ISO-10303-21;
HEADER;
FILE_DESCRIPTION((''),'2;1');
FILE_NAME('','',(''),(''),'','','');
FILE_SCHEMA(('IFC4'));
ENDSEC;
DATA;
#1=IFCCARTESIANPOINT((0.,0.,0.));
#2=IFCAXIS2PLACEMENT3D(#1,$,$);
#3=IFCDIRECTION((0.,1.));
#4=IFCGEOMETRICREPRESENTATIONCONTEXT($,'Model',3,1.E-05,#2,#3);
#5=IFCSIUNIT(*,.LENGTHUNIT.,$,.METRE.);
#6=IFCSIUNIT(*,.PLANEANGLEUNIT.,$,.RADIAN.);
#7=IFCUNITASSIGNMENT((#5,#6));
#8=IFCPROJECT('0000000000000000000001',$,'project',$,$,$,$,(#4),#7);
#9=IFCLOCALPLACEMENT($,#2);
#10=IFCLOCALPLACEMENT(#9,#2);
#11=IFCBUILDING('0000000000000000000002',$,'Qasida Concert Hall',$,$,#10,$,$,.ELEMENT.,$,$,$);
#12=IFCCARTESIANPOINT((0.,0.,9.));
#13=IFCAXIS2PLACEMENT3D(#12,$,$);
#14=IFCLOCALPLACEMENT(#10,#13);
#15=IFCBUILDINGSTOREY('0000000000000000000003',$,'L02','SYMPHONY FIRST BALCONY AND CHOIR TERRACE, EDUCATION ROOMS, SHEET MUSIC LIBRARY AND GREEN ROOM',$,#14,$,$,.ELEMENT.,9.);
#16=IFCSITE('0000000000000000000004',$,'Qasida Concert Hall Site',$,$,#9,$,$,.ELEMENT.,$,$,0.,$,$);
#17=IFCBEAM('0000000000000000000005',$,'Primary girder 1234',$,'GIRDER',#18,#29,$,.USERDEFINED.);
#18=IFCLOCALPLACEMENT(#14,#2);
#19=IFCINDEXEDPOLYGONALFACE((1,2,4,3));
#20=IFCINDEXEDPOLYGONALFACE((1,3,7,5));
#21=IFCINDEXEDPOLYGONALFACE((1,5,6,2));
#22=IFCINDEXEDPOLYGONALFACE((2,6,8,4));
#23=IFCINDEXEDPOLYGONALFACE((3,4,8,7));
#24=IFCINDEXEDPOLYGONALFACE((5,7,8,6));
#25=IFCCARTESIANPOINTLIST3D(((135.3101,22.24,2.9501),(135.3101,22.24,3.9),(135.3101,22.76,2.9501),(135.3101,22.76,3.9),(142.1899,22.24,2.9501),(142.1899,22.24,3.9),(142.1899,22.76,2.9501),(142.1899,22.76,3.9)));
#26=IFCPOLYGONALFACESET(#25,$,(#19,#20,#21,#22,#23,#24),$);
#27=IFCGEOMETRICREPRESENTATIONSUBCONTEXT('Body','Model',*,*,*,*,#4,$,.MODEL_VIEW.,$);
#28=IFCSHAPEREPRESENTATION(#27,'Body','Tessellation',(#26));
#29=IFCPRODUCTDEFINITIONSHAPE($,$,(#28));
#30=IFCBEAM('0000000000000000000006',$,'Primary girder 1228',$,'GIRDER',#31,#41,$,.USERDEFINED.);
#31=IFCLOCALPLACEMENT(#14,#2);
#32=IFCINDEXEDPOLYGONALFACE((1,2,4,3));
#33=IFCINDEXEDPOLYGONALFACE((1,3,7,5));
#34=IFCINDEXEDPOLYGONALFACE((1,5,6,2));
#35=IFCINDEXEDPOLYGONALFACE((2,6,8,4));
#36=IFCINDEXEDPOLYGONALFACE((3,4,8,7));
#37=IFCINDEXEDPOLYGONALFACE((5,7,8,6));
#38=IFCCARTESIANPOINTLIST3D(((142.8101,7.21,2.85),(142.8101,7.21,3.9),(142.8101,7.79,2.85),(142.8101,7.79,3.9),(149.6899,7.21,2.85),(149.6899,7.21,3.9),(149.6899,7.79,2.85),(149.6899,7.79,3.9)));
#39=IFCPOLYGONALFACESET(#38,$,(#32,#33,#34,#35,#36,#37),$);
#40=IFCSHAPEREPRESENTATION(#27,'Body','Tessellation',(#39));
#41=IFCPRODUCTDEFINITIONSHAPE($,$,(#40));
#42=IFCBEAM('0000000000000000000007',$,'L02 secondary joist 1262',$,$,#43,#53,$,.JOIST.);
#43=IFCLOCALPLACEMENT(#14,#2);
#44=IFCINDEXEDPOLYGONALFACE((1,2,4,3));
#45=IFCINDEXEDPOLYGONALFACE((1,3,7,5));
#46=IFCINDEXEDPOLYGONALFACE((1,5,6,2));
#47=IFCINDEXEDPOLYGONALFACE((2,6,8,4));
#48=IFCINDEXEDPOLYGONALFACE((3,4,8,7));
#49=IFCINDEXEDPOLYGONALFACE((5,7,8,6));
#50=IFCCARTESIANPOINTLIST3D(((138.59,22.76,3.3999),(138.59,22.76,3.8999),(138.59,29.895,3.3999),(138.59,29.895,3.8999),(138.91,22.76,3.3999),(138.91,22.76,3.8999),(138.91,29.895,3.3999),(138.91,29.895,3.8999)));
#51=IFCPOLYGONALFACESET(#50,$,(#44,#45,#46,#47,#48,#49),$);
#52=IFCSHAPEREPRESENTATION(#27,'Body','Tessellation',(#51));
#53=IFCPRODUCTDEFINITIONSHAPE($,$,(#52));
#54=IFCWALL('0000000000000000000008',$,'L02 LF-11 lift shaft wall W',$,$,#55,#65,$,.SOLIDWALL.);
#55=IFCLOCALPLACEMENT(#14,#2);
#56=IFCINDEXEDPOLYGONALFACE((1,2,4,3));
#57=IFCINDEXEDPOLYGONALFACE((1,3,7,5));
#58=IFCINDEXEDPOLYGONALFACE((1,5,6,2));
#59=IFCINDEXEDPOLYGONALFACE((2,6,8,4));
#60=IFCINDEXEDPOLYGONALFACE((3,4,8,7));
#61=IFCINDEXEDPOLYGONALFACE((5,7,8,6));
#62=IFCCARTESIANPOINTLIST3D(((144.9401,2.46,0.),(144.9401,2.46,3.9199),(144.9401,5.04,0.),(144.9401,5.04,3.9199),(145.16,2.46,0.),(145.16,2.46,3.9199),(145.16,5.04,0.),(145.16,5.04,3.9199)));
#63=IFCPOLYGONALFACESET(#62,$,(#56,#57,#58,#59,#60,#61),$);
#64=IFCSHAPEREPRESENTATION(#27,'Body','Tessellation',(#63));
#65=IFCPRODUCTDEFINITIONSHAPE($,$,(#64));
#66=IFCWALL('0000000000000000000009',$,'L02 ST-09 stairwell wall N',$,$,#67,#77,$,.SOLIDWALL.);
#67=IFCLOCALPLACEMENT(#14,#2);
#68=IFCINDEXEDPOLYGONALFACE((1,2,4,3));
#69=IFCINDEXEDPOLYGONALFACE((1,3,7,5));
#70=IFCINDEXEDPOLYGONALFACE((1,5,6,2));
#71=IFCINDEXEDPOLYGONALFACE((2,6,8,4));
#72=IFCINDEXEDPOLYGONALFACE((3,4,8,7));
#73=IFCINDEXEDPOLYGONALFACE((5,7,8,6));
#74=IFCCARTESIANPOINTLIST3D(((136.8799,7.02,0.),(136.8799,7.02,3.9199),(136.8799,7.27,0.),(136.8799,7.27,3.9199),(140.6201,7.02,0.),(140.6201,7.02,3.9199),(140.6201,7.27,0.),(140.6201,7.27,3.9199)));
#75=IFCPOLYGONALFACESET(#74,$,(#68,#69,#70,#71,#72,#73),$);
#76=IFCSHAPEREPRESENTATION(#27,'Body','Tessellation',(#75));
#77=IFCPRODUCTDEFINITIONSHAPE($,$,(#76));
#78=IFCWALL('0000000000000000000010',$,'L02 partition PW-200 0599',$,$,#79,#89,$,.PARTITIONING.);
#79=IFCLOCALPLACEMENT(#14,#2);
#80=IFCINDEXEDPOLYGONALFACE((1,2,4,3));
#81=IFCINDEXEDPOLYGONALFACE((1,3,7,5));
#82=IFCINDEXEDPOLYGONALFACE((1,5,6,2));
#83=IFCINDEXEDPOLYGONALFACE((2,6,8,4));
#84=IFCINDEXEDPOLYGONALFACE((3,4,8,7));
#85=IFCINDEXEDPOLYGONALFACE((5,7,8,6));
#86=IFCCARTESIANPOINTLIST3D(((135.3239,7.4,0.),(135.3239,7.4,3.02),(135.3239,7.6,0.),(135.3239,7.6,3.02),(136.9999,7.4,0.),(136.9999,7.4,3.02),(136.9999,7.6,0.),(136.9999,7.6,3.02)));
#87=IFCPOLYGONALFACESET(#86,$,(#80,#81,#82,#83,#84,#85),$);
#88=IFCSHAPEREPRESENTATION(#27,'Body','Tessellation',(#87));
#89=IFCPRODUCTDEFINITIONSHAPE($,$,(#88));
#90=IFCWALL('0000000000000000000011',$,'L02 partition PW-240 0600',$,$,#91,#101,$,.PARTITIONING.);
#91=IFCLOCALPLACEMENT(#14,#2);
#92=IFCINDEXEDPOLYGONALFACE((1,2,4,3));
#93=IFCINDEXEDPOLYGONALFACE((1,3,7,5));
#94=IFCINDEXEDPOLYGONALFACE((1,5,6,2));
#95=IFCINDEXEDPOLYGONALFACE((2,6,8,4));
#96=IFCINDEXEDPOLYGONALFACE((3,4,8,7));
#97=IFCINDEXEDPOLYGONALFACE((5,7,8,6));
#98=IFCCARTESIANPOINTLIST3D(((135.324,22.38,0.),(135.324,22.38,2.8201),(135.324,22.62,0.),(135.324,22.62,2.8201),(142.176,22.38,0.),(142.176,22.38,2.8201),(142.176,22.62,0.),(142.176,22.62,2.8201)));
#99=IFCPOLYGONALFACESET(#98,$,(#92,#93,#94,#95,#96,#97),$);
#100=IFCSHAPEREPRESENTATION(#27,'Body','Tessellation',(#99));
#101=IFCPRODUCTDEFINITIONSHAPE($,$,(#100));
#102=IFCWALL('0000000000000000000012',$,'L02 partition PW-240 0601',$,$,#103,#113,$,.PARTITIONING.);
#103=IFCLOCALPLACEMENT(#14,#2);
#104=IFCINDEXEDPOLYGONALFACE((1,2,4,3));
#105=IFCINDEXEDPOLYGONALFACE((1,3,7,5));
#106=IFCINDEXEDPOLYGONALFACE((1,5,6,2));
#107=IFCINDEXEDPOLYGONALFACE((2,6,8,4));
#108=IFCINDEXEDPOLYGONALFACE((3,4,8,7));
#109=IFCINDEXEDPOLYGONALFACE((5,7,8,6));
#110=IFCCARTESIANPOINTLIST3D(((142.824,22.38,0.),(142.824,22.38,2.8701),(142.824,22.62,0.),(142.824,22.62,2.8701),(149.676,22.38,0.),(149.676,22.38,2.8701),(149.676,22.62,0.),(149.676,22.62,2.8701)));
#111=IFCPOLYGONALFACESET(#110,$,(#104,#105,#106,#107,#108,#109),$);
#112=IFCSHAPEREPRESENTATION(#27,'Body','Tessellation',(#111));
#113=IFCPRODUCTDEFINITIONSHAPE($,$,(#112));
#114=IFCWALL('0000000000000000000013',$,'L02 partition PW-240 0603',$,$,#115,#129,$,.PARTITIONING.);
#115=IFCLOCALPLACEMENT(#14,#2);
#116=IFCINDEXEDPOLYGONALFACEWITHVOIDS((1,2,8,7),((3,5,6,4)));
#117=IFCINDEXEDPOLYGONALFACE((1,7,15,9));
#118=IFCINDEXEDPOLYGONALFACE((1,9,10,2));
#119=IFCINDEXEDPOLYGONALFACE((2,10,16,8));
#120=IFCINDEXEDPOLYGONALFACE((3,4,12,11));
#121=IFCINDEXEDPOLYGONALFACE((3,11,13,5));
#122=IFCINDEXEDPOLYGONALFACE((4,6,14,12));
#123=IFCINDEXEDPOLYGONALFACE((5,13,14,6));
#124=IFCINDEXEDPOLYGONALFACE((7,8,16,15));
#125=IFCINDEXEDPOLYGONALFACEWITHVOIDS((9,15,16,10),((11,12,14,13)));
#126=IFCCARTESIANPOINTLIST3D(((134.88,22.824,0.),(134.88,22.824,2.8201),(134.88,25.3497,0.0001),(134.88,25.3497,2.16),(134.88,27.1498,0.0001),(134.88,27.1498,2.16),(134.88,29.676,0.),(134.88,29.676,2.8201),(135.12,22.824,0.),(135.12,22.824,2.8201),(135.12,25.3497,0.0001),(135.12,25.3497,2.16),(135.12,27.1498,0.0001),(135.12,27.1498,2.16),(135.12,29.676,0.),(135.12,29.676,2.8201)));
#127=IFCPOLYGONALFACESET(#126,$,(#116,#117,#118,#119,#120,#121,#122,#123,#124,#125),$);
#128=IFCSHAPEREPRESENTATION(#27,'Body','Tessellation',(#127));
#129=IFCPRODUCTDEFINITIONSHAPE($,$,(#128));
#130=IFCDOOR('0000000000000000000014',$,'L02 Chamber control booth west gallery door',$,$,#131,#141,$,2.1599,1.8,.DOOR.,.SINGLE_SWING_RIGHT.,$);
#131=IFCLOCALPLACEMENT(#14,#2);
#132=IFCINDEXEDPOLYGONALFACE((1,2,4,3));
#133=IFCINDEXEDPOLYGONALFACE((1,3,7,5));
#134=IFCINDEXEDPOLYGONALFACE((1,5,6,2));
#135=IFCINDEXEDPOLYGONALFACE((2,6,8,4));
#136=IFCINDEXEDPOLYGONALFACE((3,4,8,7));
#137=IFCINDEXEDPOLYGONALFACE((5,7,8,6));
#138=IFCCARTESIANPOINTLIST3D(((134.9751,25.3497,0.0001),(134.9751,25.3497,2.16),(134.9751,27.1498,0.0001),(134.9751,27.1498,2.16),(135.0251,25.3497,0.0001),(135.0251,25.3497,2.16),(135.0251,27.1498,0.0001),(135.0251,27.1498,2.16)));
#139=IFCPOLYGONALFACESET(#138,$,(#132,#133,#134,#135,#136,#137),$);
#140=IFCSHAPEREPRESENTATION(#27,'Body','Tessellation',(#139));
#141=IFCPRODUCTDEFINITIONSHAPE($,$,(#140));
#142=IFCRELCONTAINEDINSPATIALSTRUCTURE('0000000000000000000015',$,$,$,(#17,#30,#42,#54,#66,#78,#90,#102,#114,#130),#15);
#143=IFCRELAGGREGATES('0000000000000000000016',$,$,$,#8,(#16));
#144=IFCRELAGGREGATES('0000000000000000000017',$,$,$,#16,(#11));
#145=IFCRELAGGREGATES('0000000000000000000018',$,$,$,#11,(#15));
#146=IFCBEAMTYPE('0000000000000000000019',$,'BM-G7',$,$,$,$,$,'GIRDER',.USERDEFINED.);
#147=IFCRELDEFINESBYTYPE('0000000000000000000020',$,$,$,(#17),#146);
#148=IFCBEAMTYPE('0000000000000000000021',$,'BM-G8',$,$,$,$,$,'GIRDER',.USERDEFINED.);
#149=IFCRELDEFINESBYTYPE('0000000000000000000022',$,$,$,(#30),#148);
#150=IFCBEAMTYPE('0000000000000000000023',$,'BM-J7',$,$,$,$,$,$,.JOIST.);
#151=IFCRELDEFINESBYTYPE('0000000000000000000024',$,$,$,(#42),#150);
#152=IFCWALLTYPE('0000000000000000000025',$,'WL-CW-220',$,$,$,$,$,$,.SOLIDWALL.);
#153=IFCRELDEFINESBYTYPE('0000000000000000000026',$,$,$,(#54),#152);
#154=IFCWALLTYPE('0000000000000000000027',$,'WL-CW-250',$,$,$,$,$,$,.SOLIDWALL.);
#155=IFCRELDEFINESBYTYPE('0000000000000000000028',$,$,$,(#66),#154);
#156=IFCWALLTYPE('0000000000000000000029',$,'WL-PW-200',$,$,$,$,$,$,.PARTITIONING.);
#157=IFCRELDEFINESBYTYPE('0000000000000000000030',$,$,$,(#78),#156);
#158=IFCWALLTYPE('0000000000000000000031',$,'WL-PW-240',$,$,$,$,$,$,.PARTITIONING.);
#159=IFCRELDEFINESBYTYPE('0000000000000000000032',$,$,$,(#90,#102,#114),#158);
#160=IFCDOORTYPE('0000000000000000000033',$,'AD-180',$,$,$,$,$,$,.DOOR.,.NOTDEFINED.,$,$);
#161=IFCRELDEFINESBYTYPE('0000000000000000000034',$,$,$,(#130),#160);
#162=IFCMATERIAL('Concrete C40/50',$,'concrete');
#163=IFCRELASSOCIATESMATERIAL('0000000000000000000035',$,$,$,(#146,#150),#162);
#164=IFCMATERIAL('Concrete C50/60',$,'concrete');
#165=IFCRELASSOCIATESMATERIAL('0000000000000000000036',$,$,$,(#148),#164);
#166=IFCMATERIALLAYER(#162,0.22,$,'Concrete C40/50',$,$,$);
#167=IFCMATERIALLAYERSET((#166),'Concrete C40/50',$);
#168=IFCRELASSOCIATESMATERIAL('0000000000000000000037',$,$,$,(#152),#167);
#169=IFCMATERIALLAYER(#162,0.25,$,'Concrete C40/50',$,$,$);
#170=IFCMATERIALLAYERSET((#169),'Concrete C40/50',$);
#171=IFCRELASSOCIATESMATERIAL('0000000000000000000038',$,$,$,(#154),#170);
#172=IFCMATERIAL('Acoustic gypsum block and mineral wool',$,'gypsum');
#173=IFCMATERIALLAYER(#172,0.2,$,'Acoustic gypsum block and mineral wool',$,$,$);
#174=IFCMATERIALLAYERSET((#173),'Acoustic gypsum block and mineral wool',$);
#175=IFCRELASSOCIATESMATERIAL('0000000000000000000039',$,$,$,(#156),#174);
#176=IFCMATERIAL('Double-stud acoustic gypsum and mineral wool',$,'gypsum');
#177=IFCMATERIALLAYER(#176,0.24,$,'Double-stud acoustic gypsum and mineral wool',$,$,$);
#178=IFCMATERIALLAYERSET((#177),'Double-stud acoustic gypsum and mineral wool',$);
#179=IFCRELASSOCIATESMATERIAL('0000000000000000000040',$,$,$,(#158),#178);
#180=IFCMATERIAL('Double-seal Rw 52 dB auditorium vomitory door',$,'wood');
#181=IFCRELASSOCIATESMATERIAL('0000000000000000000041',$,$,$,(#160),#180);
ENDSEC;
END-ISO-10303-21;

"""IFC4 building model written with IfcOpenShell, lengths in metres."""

from ifc_helpers import new_model, si_unit, direction, frame, frame_2d, origin, origin_2d, place, context, subcontext, project, spatial, rectangle, extrude, material, layer, layer_set, material_profile, profile_set, type_object, element, fill, save


model = new_model("IFC4")

# Units and contexts
model_context = context("Model", 3, precision=1e-05, world=origin(), true_north=direction((0.0, 1.0)))
body_context = subcontext(model_context, "Body", "Model", "MODEL_VIEW")
ifc_project = project(units=[si_unit("LENGTHUNIT", "METRE"), si_unit("PLANEANGLEUNIT", "RADIAN")], contexts=[model_context])

# Site, building, storey
site_placement = place(None, origin())
site = spatial("IfcSite", under=ifc_project, at=site_placement, Name="Qasida Concert Hall Site", CompositionType="ELEMENT", RefElevation=0.0)
building_placement = place(site_placement, origin())
building = spatial("IfcBuilding", under=site, at=building_placement, Name="Qasida Concert Hall", CompositionType="ELEMENT")
storey_placement = place(building_placement, frame((0.0, 0.0, 9.0)))
storey = spatial("IfcBuildingStorey", under=building, at=storey_placement, Name="L02", Description="SYMPHONY FIRST BALCONY AND CHOIR TERRACE, EDUCATION ROOMS, SHEET MUSIC LIBRARY AND GREEN ROOM", CompositionType="ELEMENT", Elevation=9.0)

# Shared definitions
ifc_material_1 = material(Name="Concrete C50/60", Category="concrete")

# Beams
ifc_material_2 = material(Name="Concrete C40/50", Category="concrete")
ifc_material_profile_1 = material_profile(ifc_material_2, rectangle(XDim=0.52, YDim=0.95, at=origin_2d()), Name="RC 520x950")
ifc_profile_set_1 = profile_set([ifc_material_profile_1], Name="Concrete C40/50")
beam_type_1 = type_object("IfcBeamType", Name="BM-G7", ElementType="GIRDER", PredefinedType="USERDEFINED", material=ifc_profile_set_1)
beam_1_placement = place(storey_placement, frame((135.3101, 22.5, 3.425), z_axis=(1.0, 0.0, 0.0), x_axis=(0.0, 1.0, 0.0)))
element("IfcBeam", 1, at=beam_1_placement, inside=storey, type_object=beam_type_1, Name="Primary girder 1234", ObjectType="GIRDER", PredefinedType="USERDEFINED", context=body_context, shape_type="SweptSolid", body=[
    extrude(rectangle(XDim=0.52, YDim=0.95, at=origin_2d()), origin(), (0.0, 0.0, 1.0), 6.8799),
])
ifc_material_profile_2 = material_profile(ifc_material_1, rectangle(XDim=0.5801, YDim=1.05, at=origin_2d()), Name="RC 580x1050")
ifc_profile_set_2 = profile_set([ifc_material_profile_2], Name="Concrete C50/60")
beam_type_2 = type_object("IfcBeamType", Name="BM-G8", ElementType="GIRDER", PredefinedType="USERDEFINED", material=ifc_profile_set_2)
beam_2_placement = place(storey_placement, frame((142.8101, 7.5, 3.375), z_axis=(1.0, 0.0, 0.0), x_axis=(0.0, 1.0, 0.0)))
element("IfcBeam", 2, at=beam_2_placement, inside=storey, type_object=beam_type_2, Name="Primary girder 1228", ObjectType="GIRDER", PredefinedType="USERDEFINED", context=body_context, shape_type="SweptSolid", body=[
    extrude(rectangle(XDim=0.5801, YDim=1.05, at=origin_2d()), origin(), (0.0, 0.0, 1.0), 6.8799),
])
ifc_material_profile_3 = material_profile(ifc_material_2, rectangle(XDim=0.3201, YDim=0.5, at=origin_2d()), Name="RC 320x500")
ifc_profile_set_3 = profile_set([ifc_material_profile_3], Name="Concrete C40/50")
beam_type_3 = type_object("IfcBeamType", Name="BM-J7", PredefinedType="JOIST", material=ifc_profile_set_3)
beam_3_placement = place(storey_placement, frame((138.75, 22.76, 3.6499), z_axis=(0.0, 1.0, 0.0), x_axis=(-1.0, 0.0, 0.0)))
element("IfcBeam", 3, at=beam_3_placement, inside=storey, type_object=beam_type_3, Name="L02 secondary joist 1262", PredefinedType="JOIST", context=body_context, shape_type="SweptSolid", body=[
    extrude(rectangle(XDim=0.3201, YDim=0.5, at=origin_2d()), origin(), (0.0, 0.0, 1.0), 7.135),
])

# Shared definitions
ifc_layer_1 = layer(ifc_material_2, 0.22, Name="Concrete C40/50")
ifc_layer_set_1 = layer_set([ifc_layer_1], Name="Concrete C40/50")
wall_type_1 = type_object("IfcWallType", Name="WL-CW-220", PredefinedType="SOLIDWALL", material=ifc_layer_set_1)

# Walls
wall_1_placement = place(storey_placement, frame((145.05, 2.46, 0.0), z_axis=(0.0, 0.0, 1.0), x_axis=(0.0, 1.0, 0.0)))
element("IfcWall", 4, at=wall_1_placement, inside=storey, type_object=wall_type_1, Name="L02 LF-11 lift shaft wall W", PredefinedType="SOLIDWALL", context=body_context, shape_type="SweptSolid", body=[
    extrude(rectangle(XDim=2.5801, YDim=0.22, at=frame_2d((1.29, 0.0))), origin(), (0.0, 0.0, 1.0), 3.9199),
])
ifc_layer_2 = layer(ifc_material_2, 0.25, Name="Concrete C40/50")
ifc_layer_set_2 = layer_set([ifc_layer_2], Name="Concrete C40/50")
wall_type_2 = type_object("IfcWallType", Name="WL-CW-250", PredefinedType="SOLIDWALL", material=ifc_layer_set_2)
wall_2_placement = place(storey_placement, frame((136.8799, 7.145, 0.0), z_axis=(0.0, 0.0, 1.0), x_axis=(1.0, 0.0, 0.0)))
element("IfcWall", 5, at=wall_2_placement, inside=storey, type_object=wall_type_2, Name="L02 ST-09 stairwell wall N", PredefinedType="SOLIDWALL", context=body_context, shape_type="SweptSolid", body=[
    extrude(rectangle(XDim=3.7402, YDim=0.25, at=frame_2d((1.8701, 0.0))), origin(), (0.0, 0.0, 1.0), 3.9199),
])
ifc_material_3 = material(Name="Acoustic gypsum block and mineral wool", Category="gypsum")
ifc_layer_3 = layer(ifc_material_3, 0.2, Name="Acoustic gypsum block and mineral wool")
ifc_layer_set_3 = layer_set([ifc_layer_3], Name="Acoustic gypsum block and mineral wool")
wall_type_3 = type_object("IfcWallType", Name="WL-PW-200", PredefinedType="PARTITIONING", material=ifc_layer_set_3)
wall_3_placement = place(storey_placement, frame((135.324, 7.5, 0.0), z_axis=(0.0, 0.0, 1.0), x_axis=(1.0, 0.0, 0.0)))
element("IfcWall", 6, at=wall_3_placement, inside=storey, type_object=wall_type_3, Name="L02 partition PW-200 0599", PredefinedType="PARTITIONING", context=body_context, shape_type="SweptSolid", body=[
    extrude(rectangle(XDim=1.676, YDim=0.2, at=frame_2d((0.8379, 0.0))), origin(), (0.0, 0.0, 1.0), 3.02),
])
ifc_material_4 = material(Name="Double-stud acoustic gypsum and mineral wool", Category="gypsum")
ifc_layer_4 = layer(ifc_material_4, 0.24, Name="Double-stud acoustic gypsum and mineral wool")
ifc_layer_set_4 = layer_set([ifc_layer_4], Name="Double-stud acoustic gypsum and mineral wool")
wall_type_4 = type_object("IfcWallType", Name="WL-PW-240", PredefinedType="PARTITIONING", material=ifc_layer_set_4)
wall_4_placement = place(storey_placement, frame((135.324, 22.5, 0.0), z_axis=(0.0, 0.0, 1.0), x_axis=(1.0, 0.0, 0.0)))
element("IfcWall", 7, at=wall_4_placement, inside=storey, type_object=wall_type_4, Name="L02 partition PW-240 0600", PredefinedType="PARTITIONING", context=body_context, shape_type="SweptSolid", body=[
    extrude(rectangle(XDim=6.8521, YDim=0.24, at=frame_2d((3.426, 0.0))), origin(), (0.0, 0.0, 1.0), 2.8201),
])
wall_5_placement = place(storey_placement, frame((142.824, 22.5, 0.0), z_axis=(0.0, 0.0, 1.0), x_axis=(1.0, 0.0, 0.0)))
element("IfcWall", 8, at=wall_5_placement, inside=storey, type_object=wall_type_4, Name="L02 partition PW-240 0601", PredefinedType="PARTITIONING", context=body_context, shape_type="SweptSolid", body=[
    extrude(rectangle(XDim=6.8521, YDim=0.24, at=frame_2d((3.426, 0.0))), origin(), (0.0, 0.0, 1.0), 2.8701),
])

# Wall, opening, door
wall_6_placement = place(storey_placement, frame((135.0, 22.824, 0.0), z_axis=(0.0, 0.0, 1.0), x_axis=(0.0, 1.0, 0.0)))
wall_6 = element("IfcWall", 9, at=wall_6_placement, inside=storey, type_object=wall_type_4, Name="L02 partition PW-240 0603", PredefinedType="PARTITIONING", context=body_context, shape_type="SweptSolid", body=[
    extrude(rectangle(XDim=6.8521, YDim=0.24, at=frame_2d((3.426, 0.0))), origin(), (0.0, 0.0, 1.0), 2.8201),
])
opening_1_placement = place(wall_6_placement, frame((2.5259, 0.0, 0.0)))
opening_1 = element("IfcOpeningElement", 10, at=opening_1_placement, cuts=wall_6, PredefinedType="OPENING", context=body_context, shape_type="SweptSolid", body=[
    extrude(rectangle(XDim=1.8, YDim=2.1599, at=frame_2d((0.8999, 1.0801))), frame((0.0, 0.1299, 0.0), z_axis=(0.0, -1.0, 0.0), x_axis=(1.0, 0.0, 0.0)), (0.0, 0.0, 1.0), 0.26),
])
ifc_material_5 = material(Name="Double-seal Rw 52 dB auditorium vomitory door", Category="wood")
door_type_1 = type_object("IfcDoorType", Name="AD-180", OperationType="NOTDEFINED", PredefinedType="DOOR", material=ifc_material_5)
door_1_placement = place(opening_1_placement, origin())
door_1 = element("IfcDoor", 11, at=door_1_placement, inside=storey, type_object=door_type_1, Name="L02 Chamber control booth west gallery door", OperationType="SINGLE_SWING_RIGHT", OverallHeight=2.1599, OverallWidth=1.8, PredefinedType="DOOR", context=body_context, shape_type="SweptSolid", body=[
    extrude(rectangle(XDim=1.8, YDim=2.1599, at=frame_2d((0.8999, 1.0801))), frame((0.0, 0.0249, 0.0), z_axis=(0.0, -1.0, 0.0), x_axis=(1.0, 0.0, 0.0)), (0.0, 0.0, 1.0), 0.05),
])
fill(opening_1, door_1)

save(model, "model.ifc")
